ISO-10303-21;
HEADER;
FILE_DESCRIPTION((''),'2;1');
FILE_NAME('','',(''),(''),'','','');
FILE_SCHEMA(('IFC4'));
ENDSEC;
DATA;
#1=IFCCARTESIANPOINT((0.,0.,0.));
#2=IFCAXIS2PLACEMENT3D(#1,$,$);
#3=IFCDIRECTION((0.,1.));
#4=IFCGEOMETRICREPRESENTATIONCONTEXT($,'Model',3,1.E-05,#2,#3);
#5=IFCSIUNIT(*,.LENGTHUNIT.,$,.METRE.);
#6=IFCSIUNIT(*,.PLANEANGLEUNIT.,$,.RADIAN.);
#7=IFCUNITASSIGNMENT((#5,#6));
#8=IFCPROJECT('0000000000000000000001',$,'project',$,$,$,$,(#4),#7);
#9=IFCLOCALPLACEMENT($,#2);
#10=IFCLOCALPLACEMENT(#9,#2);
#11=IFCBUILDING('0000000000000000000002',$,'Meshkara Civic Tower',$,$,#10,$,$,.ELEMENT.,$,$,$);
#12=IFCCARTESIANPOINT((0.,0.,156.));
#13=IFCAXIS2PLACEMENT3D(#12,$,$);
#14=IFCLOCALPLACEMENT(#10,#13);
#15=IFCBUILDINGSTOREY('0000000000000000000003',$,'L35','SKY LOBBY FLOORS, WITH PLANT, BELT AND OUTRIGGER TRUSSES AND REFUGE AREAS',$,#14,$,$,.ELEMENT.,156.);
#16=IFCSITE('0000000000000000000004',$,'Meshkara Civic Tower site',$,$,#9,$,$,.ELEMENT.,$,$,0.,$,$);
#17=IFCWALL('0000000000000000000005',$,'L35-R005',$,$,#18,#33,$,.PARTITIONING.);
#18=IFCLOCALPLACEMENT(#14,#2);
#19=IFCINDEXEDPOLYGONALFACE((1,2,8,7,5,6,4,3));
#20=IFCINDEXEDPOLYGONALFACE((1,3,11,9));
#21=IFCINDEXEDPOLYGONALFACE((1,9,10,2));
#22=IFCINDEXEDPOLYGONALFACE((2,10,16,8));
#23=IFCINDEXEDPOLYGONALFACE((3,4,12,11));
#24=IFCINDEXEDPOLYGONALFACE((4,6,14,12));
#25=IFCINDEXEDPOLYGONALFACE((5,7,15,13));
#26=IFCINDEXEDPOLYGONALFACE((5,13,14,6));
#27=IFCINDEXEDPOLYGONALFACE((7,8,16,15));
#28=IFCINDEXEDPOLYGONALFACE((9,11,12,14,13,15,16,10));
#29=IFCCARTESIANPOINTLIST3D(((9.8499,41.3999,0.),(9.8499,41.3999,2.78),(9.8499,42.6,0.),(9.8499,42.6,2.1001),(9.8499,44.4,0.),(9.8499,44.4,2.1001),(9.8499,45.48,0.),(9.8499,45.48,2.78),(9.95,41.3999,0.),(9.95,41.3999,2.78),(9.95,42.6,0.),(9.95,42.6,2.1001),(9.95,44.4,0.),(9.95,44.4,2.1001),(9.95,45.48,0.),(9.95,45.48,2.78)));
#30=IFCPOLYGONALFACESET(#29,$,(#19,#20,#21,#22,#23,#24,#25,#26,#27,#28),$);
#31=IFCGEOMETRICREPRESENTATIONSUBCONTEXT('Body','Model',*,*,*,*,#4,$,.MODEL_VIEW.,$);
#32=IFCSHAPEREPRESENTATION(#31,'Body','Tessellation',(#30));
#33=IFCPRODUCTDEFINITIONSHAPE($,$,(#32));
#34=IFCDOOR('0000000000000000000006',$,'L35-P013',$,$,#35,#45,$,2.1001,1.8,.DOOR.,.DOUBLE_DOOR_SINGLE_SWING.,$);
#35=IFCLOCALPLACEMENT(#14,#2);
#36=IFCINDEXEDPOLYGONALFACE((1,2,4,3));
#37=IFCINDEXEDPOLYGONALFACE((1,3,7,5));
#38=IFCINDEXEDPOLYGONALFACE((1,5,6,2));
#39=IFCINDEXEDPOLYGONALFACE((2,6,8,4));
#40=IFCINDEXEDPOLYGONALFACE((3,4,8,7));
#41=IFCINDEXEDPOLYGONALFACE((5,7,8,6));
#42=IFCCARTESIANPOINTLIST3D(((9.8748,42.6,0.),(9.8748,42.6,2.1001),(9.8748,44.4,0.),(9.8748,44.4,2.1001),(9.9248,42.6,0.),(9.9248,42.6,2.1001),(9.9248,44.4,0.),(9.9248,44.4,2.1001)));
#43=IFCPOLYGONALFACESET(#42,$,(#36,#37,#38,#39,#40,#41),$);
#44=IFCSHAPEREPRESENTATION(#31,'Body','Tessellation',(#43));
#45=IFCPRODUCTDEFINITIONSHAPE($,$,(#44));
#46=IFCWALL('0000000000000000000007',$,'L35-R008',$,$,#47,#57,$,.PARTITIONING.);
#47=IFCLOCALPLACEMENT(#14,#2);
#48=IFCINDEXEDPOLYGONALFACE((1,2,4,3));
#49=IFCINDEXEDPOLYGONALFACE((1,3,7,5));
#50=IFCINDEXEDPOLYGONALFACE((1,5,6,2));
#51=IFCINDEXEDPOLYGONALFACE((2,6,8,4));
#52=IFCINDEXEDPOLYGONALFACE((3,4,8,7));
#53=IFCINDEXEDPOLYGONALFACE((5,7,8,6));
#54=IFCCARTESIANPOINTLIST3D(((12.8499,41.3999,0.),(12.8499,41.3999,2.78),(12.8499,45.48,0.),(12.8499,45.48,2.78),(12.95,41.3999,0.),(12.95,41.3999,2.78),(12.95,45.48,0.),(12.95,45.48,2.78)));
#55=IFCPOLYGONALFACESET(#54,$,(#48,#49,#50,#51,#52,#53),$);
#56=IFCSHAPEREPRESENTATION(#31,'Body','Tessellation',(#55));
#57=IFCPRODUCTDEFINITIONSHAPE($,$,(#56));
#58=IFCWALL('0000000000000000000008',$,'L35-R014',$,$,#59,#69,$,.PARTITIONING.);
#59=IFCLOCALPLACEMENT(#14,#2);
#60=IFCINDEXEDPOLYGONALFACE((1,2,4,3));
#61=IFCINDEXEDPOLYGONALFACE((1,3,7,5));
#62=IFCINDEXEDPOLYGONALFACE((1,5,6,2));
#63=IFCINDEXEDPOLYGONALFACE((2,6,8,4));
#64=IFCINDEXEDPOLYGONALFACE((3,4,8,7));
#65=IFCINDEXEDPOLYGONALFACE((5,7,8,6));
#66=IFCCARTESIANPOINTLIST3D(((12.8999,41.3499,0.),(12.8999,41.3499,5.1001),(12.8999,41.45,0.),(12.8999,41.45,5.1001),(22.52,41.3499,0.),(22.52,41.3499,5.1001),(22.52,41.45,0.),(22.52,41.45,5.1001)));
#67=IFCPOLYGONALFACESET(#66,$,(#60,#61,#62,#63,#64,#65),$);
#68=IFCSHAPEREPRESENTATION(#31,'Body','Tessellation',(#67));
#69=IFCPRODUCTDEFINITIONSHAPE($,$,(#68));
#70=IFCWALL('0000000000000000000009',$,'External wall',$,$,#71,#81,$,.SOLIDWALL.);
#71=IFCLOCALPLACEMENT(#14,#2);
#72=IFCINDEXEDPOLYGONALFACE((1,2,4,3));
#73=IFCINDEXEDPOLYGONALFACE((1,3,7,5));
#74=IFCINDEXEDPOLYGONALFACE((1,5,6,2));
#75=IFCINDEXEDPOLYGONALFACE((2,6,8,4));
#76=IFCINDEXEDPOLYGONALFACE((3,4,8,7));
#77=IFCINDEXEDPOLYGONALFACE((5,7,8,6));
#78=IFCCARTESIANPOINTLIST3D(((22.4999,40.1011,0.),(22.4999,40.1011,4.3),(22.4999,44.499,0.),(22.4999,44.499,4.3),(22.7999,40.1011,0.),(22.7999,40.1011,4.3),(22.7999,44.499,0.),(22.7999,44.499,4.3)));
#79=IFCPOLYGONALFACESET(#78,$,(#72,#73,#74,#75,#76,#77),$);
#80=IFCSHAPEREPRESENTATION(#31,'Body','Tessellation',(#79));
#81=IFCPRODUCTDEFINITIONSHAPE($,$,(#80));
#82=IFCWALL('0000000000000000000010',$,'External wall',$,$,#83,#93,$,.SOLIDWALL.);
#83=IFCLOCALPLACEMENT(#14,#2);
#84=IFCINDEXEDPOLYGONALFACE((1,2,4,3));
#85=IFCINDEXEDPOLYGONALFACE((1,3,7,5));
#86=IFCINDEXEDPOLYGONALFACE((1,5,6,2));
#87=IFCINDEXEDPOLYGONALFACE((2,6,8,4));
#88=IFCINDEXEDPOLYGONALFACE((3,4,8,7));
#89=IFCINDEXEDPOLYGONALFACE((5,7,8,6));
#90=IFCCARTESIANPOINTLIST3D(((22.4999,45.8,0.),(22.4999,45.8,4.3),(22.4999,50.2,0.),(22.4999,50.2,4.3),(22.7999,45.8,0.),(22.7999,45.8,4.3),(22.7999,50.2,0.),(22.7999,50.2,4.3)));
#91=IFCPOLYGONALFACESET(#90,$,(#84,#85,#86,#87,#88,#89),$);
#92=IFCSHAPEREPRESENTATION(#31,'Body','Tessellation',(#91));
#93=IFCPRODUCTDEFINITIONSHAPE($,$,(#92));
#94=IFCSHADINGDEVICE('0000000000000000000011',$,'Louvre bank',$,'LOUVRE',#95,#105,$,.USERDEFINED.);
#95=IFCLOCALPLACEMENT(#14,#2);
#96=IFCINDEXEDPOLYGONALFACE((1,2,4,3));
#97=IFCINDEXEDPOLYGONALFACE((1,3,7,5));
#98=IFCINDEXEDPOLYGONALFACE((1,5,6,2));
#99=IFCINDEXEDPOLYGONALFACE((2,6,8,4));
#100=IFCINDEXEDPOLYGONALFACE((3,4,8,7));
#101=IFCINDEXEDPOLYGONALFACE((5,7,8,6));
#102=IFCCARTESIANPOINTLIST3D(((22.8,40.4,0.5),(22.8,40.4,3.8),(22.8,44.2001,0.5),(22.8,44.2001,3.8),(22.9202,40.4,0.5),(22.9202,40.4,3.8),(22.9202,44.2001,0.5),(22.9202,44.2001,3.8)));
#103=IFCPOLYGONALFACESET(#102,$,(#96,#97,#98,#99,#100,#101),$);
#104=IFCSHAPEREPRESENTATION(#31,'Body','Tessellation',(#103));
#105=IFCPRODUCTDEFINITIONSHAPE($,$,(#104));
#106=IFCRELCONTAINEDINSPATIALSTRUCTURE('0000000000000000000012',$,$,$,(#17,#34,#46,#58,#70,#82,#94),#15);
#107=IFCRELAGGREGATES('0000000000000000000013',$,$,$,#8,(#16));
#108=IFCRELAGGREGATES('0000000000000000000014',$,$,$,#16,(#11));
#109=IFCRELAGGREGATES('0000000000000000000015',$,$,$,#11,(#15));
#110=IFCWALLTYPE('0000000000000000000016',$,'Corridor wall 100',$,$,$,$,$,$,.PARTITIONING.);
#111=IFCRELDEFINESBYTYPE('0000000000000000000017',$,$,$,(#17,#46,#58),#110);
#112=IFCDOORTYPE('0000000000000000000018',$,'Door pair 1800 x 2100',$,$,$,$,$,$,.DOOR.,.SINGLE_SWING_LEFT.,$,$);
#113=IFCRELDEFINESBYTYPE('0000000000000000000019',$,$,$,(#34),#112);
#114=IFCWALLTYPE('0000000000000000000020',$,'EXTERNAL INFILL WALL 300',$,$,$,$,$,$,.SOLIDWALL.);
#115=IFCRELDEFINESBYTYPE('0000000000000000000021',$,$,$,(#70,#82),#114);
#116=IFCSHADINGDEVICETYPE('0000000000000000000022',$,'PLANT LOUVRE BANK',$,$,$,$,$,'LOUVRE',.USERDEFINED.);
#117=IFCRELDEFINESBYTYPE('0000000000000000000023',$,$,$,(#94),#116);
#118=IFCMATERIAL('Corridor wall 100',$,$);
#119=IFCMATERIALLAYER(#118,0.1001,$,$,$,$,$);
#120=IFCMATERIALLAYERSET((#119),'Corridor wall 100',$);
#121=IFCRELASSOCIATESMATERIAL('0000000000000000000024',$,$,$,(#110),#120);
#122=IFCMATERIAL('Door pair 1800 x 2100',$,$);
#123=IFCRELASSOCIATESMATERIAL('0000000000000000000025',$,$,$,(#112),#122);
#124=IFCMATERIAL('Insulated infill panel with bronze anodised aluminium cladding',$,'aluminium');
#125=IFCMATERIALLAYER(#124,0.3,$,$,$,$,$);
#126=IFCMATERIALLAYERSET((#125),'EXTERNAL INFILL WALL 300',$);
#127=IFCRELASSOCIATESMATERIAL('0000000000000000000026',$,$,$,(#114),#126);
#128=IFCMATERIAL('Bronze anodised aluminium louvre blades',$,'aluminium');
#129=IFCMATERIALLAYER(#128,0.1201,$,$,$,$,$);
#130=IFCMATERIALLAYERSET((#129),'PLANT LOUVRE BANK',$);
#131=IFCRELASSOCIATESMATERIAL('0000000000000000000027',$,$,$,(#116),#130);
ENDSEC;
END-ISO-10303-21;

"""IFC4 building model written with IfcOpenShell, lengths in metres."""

from ifc_helpers import new_model, si_unit, direction, frame, frame_2d, origin, origin_2d, place, context, subcontext, project, spatial, rectangle, extrude, material, layer, layer_set, type_object, element, fill, save


model = new_model("IFC4")

# Units and contexts
model_context = context("Model", 3, precision=1e-05, world=origin(), true_north=direction((0.0, 1.0)))
body_context = subcontext(model_context, "Body", "Model", "MODEL_VIEW")
ifc_project = project(units=[si_unit("LENGTHUNIT", "METRE"), si_unit("PLANEANGLEUNIT", "RADIAN")], contexts=[model_context])

# Site, building, storey
site_placement = place(None, origin())
site = spatial("IfcSite", under=ifc_project, at=site_placement, Name="Meshkara Civic Tower site", CompositionType="ELEMENT", RefElevation=0.0)
building_placement = place(site_placement, origin())
building = spatial("IfcBuilding", under=site, at=building_placement, Name="Meshkara Civic Tower", CompositionType="ELEMENT")
storey_placement = place(building_placement, frame((0.0, 0.0, 156.0)))
storey = spatial("IfcBuildingStorey", under=building, at=storey_placement, Name="L35", Description="SKY LOBBY FLOORS, WITH PLANT, BELT AND OUTRIGGER TRUSSES AND REFUGE AREAS", CompositionType="ELEMENT", Elevation=156.0)

# Wall, opening, door
ifc_material_1 = material(Name="Corridor wall 100")
ifc_layer_1 = layer(ifc_material_1, 0.1001)
ifc_layer_set_1 = layer_set([ifc_layer_1], Name="Corridor wall 100")
wall_type_1 = type_object("IfcWallType", Name="Corridor wall 100", PredefinedType="PARTITIONING", material=ifc_layer_set_1)
wall_1_placement = place(storey_placement, frame((9.8999, 45.48, 0.0), z_axis=(0.0, 0.0, 1.0), x_axis=(0.0, -1.0, 0.0)))
wall_1 = element("IfcWall", 1, at=wall_1_placement, inside=storey, type_object=wall_type_1, Name="L35-R005", PredefinedType="PARTITIONING", context=body_context, shape_type="SweptSolid", body=[
    extrude(rectangle(XDim=4.0801, YDim=0.1001, at=frame_2d((2.04, 0.0))), origin(), (0.0, 0.0, 1.0), 2.78),
])
opening_placement = place(wall_1_placement, frame((1.0801, 0.0, 0.0)))
opening = element("IfcOpeningElement", 2, at=opening_placement, cuts=wall_1, PredefinedType="OPENING", context=body_context, shape_type="SweptSolid", body=[
    extrude(rectangle(XDim=1.8, YDim=2.1001, at=frame_2d((0.8999, 1.05))), frame((0.0, 0.0601, 0.0), z_axis=(0.0, -1.0, 0.0), x_axis=(1.0, 0.0, 0.0)), (0.0, 0.0, 1.0), 0.1201),
])
ifc_material_2 = material(Name="Door pair 1800 x 2100")
door_type = type_object("IfcDoorType", Name="Door pair 1800 x 2100", OperationType="SINGLE_SWING_LEFT", PredefinedType="DOOR", material=ifc_material_2)
door_placement = place(opening_placement, origin())
door = element("IfcDoor", 3, at=door_placement, inside=storey, type_object=door_type, Name="L35-P013", OperationType="DOUBLE_DOOR_SINGLE_SWING", OverallHeight=2.1001, OverallWidth=1.8, PredefinedType="DOOR", context=body_context, shape_type="SweptSolid", body=[
    extrude(rectangle(XDim=1.8, YDim=2.1001, at=frame_2d((0.8999, 1.05))), frame((0.0, 0.0249, 0.0), z_axis=(0.0, -1.0, 0.0), x_axis=(1.0, 0.0, 0.0)), (0.0, 0.0, 1.0), 0.05),
])
fill(opening, door)

# Walls
wall_2_placement = place(storey_placement, frame((12.8999, 41.3999, 0.0), z_axis=(0.0, 0.0, 1.0), x_axis=(0.0, 1.0, 0.0)))
element("IfcWall", 4, at=wall_2_placement, inside=storey, type_object=wall_type_1, Name="L35-R008", PredefinedType="PARTITIONING", context=body_context, shape_type="SweptSolid", body=[
    extrude(rectangle(XDim=4.0801, YDim=0.1001, at=frame_2d((2.04, 0.0))), origin(), (0.0, 0.0, 1.0), 2.78),
])
wall_3_placement = place(storey_placement, frame((22.52, 41.3999, 0.0), z_axis=(0.0, 0.0, 1.0), x_axis=(-1.0, 0.0, 0.0)))
element("IfcWall", 5, at=wall_3_placement, inside=storey, type_object=wall_type_1, Name="L35-R014", PredefinedType="PARTITIONING", context=body_context, shape_type="SweptSolid", body=[
    extrude(rectangle(XDim=9.6201, YDim=0.1001, at=frame_2d((4.8101, 0.0))), origin(), (0.0, 0.0, 1.0), 5.1001),
])
ifc_material_3 = material(Name="Insulated infill panel with bronze anodised aluminium cladding", Category="aluminium")
ifc_layer_2 = layer(ifc_material_3, 0.3)
ifc_layer_set_2 = layer_set([ifc_layer_2], Name="EXTERNAL INFILL WALL 300")
wall_type_2 = type_object("IfcWallType", Name="EXTERNAL INFILL WALL 300", PredefinedType="SOLIDWALL", material=ifc_layer_set_2)
wall_4_placement = place(storey_placement, frame((22.6499, 40.1011, 0.0), z_axis=(0.0, 0.0, 1.0), x_axis=(0.0, 1.0, 0.0)))
element("IfcWall", 6, at=wall_4_placement, inside=storey, type_object=wall_type_2, Name="External wall", PredefinedType="SOLIDWALL", context=body_context, shape_type="SweptSolid", body=[
    extrude(rectangle(XDim=4.3979, YDim=0.3, at=frame_2d((2.199, 0.0))), origin(), (0.0, 0.0, 1.0), 4.3),
])
wall_5_placement = place(storey_placement, frame((22.6499, 45.8, 0.0), z_axis=(0.0, 0.0, 1.0), x_axis=(0.0, 1.0, 0.0)))
element("IfcWall", 7, at=wall_5_placement, inside=storey, type_object=wall_type_2, Name="External wall", PredefinedType="SOLIDWALL", context=body_context, shape_type="SweptSolid", body=[
    extrude(rectangle(XDim=4.3999, YDim=0.3, at=frame_2d((2.2, 0.0))), origin(), (0.0, 0.0, 1.0), 4.3),
])

# Shading device
ifc_material_4 = material(Name="Bronze anodised aluminium louvre blades", Category="aluminium")
ifc_layer_3 = layer(ifc_material_4, 0.1201)
ifc_layer_set_3 = layer_set([ifc_layer_3], Name="PLANT LOUVRE BANK")
shading_device_type = type_object("IfcShadingDeviceType", Name="PLANT LOUVRE BANK", ElementType="LOUVRE", PredefinedType="USERDEFINED", material=ifc_layer_set_3)
shading_device_placement = place(storey_placement, frame((22.8601, 42.3, 0.5), z_axis=(0.0, 0.0, 1.0), x_axis=(0.0, 1.0, 0.0)))
element("IfcShadingDevice", 8, at=shading_device_placement, inside=storey, type_object=shading_device_type, Name="Louvre bank", ObjectType="LOUVRE", PredefinedType="USERDEFINED", context=body_context, shape_type="SweptSolid", body=[
    extrude(rectangle(XDim=3.8, YDim=0.1201, at=origin_2d()), origin(), (0.0, 0.0, 1.0), 3.3),
])

save(model, "model.ifc")
